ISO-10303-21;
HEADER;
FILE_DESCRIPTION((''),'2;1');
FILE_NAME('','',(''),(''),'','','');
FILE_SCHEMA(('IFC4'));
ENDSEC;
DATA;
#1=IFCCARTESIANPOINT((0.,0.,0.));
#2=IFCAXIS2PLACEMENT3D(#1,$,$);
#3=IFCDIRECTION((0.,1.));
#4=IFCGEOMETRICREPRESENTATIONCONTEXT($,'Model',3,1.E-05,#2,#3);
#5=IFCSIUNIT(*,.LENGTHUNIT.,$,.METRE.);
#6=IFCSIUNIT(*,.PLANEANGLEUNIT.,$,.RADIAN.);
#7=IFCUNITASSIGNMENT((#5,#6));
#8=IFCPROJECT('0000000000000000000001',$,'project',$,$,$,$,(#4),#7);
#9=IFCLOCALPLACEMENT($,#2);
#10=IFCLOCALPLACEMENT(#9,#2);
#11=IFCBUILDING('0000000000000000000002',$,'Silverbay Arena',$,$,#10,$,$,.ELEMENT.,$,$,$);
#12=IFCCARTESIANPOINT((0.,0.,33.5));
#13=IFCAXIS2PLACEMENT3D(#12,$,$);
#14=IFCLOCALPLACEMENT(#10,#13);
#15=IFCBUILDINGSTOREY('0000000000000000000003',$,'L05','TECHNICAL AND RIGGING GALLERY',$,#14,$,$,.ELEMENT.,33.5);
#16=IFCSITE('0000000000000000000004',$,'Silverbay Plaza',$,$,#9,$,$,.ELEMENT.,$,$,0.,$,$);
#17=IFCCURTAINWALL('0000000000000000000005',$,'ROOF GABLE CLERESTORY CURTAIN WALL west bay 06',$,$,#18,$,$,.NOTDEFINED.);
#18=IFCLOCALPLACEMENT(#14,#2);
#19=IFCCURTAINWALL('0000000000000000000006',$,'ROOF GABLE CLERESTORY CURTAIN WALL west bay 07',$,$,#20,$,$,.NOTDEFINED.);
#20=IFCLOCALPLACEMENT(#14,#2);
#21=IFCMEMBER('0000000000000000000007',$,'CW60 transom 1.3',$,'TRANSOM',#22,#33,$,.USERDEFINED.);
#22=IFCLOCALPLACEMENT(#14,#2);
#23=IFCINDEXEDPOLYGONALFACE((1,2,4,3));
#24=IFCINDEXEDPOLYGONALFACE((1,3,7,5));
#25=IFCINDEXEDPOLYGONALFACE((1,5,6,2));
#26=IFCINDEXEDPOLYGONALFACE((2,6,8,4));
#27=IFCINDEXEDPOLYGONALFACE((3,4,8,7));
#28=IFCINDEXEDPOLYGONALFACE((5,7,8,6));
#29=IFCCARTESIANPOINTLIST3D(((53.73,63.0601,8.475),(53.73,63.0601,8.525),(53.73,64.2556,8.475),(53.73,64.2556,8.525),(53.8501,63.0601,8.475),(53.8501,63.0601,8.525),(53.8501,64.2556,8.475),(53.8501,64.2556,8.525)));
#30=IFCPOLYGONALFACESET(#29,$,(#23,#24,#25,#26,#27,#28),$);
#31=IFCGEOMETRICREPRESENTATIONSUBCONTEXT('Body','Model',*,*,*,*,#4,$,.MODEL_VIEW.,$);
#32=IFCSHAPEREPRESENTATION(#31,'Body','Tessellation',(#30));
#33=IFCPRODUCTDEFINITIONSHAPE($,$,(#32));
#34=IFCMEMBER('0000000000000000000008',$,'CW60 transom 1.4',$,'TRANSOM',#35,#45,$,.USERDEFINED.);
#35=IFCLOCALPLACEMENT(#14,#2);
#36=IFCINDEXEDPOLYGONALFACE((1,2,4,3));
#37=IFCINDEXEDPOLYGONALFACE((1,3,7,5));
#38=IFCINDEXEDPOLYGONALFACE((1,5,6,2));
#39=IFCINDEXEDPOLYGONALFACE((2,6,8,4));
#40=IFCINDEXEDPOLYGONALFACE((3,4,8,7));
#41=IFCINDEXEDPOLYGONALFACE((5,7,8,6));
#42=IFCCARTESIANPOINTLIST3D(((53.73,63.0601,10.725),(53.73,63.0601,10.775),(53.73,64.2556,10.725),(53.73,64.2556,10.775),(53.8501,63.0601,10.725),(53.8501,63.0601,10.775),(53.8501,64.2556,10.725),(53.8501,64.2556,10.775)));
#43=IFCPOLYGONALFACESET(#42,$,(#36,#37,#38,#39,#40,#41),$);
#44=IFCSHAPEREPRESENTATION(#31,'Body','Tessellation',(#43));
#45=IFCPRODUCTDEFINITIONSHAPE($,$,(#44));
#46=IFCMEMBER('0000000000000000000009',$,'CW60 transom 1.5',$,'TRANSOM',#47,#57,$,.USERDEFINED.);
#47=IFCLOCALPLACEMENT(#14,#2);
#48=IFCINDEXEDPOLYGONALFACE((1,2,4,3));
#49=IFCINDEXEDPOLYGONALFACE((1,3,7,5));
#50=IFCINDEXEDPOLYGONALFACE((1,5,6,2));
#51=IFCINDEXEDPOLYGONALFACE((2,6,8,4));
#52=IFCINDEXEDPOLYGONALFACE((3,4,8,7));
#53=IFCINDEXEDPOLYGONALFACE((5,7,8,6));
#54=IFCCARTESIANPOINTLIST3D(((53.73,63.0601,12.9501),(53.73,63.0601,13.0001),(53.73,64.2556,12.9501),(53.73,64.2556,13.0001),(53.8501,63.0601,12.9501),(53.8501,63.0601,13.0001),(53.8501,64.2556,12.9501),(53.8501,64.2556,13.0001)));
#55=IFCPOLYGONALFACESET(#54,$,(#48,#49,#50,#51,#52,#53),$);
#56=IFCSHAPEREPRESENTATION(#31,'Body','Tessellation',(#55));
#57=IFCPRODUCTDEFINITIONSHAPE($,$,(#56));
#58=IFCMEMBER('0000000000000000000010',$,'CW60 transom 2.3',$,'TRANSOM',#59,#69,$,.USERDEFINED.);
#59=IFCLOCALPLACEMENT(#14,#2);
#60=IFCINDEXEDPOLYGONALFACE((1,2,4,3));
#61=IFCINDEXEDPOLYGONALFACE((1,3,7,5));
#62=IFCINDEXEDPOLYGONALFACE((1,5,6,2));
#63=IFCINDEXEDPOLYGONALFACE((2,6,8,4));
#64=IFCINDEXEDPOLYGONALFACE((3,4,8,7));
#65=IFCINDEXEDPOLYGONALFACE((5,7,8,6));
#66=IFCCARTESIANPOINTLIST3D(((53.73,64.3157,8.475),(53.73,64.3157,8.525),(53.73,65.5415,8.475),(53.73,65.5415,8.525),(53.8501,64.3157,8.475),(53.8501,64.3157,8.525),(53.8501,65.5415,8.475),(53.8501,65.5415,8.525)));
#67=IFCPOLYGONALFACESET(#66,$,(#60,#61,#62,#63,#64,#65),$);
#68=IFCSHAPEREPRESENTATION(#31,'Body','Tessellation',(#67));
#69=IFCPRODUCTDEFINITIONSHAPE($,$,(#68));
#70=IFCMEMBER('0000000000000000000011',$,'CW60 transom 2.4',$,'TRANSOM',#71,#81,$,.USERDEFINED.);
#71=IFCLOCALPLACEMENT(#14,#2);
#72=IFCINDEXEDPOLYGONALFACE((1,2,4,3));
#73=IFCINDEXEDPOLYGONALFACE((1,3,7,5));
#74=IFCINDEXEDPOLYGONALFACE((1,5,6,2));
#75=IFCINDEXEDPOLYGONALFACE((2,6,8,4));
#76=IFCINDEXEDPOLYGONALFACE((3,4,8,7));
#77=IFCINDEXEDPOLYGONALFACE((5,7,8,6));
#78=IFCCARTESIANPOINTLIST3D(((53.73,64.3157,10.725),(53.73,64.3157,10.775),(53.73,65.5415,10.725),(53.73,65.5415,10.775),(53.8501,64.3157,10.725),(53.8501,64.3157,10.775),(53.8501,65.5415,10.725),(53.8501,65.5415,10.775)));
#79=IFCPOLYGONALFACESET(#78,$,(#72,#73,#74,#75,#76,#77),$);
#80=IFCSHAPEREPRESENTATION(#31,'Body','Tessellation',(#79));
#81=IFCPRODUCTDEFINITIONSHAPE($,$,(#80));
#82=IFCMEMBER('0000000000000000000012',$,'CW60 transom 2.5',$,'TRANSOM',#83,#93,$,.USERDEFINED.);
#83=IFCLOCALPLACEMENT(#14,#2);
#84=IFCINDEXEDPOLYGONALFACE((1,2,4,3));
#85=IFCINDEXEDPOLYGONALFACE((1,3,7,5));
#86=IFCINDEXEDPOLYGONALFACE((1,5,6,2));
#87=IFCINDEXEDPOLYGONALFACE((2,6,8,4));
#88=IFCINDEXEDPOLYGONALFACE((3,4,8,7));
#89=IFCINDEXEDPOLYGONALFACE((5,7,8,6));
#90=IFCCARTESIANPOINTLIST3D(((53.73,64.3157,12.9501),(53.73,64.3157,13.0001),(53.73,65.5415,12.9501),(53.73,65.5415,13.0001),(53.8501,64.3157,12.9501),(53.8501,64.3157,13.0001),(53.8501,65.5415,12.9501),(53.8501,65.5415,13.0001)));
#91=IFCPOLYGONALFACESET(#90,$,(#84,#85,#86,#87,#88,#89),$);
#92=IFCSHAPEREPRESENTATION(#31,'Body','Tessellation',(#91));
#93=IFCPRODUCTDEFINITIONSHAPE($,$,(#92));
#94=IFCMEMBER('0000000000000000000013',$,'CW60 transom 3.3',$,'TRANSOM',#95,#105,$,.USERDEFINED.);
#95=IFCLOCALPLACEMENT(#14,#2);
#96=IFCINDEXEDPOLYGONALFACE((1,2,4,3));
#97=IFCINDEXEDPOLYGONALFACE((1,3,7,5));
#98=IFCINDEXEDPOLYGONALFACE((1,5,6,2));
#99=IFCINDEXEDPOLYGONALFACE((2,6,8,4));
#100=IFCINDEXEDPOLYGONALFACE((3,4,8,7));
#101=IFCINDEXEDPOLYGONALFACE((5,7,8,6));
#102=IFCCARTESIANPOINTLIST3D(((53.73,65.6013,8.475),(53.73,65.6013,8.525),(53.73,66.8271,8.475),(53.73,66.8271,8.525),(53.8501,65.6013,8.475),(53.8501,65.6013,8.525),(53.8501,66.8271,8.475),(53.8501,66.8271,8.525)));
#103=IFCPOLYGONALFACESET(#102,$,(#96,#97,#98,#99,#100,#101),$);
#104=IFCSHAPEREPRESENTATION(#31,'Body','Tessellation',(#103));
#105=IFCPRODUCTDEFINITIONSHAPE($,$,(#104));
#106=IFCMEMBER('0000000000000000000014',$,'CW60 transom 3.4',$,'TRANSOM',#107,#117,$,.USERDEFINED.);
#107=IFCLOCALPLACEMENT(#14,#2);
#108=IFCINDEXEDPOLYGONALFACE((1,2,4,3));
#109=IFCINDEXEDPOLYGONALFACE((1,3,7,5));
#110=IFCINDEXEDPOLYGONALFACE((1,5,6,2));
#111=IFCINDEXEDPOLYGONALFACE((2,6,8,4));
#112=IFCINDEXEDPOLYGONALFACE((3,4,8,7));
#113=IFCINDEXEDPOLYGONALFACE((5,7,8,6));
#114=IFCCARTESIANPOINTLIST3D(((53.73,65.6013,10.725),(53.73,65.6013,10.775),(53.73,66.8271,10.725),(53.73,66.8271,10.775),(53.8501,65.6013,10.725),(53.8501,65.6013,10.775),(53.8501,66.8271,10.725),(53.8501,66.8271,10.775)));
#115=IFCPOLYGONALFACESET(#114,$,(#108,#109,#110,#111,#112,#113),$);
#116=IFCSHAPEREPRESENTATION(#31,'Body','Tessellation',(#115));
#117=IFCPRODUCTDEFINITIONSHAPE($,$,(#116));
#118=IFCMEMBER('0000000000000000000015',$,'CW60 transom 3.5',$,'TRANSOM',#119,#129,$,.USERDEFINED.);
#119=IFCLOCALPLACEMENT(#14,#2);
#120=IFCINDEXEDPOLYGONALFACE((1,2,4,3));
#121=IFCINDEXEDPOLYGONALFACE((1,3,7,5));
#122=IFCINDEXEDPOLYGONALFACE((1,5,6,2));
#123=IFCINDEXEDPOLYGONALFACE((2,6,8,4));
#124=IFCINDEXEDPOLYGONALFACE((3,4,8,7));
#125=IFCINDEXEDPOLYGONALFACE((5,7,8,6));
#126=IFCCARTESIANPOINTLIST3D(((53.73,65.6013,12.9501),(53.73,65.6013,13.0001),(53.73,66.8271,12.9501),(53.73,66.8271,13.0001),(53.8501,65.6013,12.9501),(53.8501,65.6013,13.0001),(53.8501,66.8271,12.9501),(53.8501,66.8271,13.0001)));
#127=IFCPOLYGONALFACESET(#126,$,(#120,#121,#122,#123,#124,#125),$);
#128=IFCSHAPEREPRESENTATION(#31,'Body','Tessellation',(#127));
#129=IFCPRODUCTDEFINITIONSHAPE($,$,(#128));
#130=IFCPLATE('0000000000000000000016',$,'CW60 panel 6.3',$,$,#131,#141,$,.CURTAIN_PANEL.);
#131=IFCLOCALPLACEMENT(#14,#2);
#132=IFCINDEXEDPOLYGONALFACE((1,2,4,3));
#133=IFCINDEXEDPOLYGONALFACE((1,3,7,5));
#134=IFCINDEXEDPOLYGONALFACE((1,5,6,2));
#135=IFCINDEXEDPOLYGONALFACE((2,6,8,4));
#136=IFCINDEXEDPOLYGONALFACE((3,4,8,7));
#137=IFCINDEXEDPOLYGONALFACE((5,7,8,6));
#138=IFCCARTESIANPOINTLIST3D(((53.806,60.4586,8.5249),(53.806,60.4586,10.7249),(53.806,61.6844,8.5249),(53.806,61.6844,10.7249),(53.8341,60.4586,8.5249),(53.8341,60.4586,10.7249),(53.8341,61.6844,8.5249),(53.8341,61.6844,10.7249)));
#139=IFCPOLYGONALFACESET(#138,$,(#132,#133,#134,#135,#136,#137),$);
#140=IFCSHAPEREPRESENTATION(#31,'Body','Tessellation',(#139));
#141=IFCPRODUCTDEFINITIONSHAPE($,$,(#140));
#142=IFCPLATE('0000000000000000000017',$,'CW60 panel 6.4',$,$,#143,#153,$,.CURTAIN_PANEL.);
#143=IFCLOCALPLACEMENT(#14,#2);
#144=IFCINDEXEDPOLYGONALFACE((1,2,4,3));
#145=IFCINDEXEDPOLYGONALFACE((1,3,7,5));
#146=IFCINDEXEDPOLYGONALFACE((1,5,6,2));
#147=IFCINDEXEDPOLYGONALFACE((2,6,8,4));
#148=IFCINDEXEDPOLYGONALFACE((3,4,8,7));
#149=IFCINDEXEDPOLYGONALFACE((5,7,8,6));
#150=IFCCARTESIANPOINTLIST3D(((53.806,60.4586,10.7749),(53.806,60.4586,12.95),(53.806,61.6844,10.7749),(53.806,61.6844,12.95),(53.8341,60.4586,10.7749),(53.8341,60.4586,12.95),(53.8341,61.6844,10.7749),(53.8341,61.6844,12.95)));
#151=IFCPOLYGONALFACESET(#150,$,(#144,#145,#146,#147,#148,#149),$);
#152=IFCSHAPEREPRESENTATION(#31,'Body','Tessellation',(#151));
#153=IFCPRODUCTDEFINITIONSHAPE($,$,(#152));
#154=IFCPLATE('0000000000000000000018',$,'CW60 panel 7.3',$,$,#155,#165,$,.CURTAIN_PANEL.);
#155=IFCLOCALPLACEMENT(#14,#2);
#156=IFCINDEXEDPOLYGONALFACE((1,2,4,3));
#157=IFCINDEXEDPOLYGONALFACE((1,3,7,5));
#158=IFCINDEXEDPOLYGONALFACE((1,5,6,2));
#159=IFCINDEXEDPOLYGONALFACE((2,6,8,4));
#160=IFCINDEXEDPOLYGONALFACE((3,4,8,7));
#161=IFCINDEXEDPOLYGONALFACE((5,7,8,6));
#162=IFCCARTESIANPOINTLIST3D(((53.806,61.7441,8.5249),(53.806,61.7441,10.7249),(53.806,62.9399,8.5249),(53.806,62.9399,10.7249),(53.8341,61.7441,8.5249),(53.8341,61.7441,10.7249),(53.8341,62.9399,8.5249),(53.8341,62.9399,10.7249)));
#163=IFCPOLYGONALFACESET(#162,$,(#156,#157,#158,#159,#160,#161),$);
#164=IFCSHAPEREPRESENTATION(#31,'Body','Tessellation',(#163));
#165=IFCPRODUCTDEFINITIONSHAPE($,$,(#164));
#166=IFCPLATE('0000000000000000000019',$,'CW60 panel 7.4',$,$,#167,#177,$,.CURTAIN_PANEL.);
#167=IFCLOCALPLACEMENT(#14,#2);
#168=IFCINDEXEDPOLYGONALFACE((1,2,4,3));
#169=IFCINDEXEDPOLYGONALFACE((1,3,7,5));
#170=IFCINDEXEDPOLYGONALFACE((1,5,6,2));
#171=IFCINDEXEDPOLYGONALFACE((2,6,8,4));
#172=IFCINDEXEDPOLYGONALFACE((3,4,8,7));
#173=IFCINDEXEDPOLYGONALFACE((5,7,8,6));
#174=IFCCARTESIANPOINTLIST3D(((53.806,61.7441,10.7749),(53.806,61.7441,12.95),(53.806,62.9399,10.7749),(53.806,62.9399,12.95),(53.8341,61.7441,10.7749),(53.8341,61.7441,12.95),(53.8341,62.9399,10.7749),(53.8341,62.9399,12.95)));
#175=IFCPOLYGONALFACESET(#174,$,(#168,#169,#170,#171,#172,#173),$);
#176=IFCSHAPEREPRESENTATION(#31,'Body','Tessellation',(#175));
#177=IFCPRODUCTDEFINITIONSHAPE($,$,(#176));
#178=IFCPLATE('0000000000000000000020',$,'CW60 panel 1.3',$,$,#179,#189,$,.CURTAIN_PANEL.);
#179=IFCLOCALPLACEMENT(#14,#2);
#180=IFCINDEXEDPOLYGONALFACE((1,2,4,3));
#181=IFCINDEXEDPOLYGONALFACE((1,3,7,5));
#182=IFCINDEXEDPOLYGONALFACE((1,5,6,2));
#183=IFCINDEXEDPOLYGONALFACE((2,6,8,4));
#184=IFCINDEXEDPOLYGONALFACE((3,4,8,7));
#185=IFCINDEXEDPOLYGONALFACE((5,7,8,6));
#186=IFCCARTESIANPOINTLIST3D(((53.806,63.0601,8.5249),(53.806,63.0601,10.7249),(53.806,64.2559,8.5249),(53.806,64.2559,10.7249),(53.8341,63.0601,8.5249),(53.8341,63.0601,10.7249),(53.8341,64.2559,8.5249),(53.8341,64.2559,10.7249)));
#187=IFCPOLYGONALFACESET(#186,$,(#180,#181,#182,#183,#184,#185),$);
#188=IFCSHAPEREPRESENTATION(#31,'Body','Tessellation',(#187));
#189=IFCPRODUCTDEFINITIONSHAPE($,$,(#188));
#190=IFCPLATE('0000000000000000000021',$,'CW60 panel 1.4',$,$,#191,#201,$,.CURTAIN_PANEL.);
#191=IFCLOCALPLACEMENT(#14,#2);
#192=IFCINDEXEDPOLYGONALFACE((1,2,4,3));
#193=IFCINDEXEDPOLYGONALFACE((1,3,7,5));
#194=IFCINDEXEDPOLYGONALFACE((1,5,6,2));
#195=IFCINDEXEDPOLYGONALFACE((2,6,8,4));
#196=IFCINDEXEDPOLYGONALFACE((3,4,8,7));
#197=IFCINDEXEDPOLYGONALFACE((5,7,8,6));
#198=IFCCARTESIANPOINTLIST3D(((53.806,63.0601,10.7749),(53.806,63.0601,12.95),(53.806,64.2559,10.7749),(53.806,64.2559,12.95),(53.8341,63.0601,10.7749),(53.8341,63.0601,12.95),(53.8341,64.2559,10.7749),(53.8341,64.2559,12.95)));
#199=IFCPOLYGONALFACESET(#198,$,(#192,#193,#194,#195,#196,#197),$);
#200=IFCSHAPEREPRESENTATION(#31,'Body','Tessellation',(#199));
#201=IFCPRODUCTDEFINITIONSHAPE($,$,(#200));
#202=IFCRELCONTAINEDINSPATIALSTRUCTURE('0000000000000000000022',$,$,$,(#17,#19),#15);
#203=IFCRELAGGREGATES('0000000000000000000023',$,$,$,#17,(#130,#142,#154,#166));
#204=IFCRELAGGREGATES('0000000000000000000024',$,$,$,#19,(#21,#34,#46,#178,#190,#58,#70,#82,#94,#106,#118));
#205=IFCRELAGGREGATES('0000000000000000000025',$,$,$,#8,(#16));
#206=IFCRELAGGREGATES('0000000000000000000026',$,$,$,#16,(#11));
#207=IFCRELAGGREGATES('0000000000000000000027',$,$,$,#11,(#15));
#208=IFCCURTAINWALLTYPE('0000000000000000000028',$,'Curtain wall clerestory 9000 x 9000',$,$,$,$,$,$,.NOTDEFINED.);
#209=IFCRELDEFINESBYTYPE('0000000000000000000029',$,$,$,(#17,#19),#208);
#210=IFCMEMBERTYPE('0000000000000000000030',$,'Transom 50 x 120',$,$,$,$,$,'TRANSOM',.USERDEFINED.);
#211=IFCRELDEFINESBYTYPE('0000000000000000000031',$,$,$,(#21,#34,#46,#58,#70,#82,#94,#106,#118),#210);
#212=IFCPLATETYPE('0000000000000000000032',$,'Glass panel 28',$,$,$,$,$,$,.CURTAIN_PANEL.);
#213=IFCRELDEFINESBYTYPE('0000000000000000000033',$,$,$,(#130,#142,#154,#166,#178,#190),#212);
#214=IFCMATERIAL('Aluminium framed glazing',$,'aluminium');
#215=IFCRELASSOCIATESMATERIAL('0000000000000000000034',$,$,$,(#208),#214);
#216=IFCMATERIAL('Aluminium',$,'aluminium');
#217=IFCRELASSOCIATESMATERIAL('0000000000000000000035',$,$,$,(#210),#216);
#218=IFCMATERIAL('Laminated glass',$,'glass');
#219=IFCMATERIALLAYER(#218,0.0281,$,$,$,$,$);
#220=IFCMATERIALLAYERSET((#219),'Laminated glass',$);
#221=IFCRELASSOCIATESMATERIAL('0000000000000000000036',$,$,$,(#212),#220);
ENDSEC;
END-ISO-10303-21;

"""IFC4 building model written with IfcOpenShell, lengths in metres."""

from ifc_helpers import new_model, si_unit, direction, frame, origin, origin_2d, place, context, subcontext, project, spatial, rectangle, extrude, material, layer, layer_set, material_profile, profile_set, type_object, element, aggregate, save


model = new_model("IFC4")

# Units and contexts
model_context = context("Model", 3, precision=1e-05, world=origin(), true_north=direction((0.0, 1.0)))
body_context = subcontext(model_context, "Body", "Model", "MODEL_VIEW")
ifc_project = project(units=[si_unit("LENGTHUNIT", "METRE"), si_unit("PLANEANGLEUNIT", "RADIAN")], contexts=[model_context])

# Site, building, storey
site_placement = place(None, origin())
site = spatial("IfcSite", under=ifc_project, at=site_placement, Name="Silverbay Plaza", CompositionType="ELEMENT", RefElevation=0.0)
building_placement = place(site_placement, origin())
building = spatial("IfcBuilding", under=site, at=building_placement, Name="Silverbay Arena", CompositionType="ELEMENT")
storey_placement = place(building_placement, frame((0.0, 0.0, 33.5)))
storey = spatial("IfcBuildingStorey", under=building, at=storey_placement, Name="L05", Description="TECHNICAL AND RIGGING GALLERY", CompositionType="ELEMENT", Elevation=33.5)

# Curtain walls, members
ifc_material_1 = material(Name="Aluminium framed glazing", Category="aluminium")
curtain_wall_type = type_object("IfcCurtainWallType", Name="Curtain wall clerestory 9000 x 9000", PredefinedType="NOTDEFINED", material=ifc_material_1)
curtain_wall_1_placement = place(storey_placement, origin())
curtain_wall_1 = element("IfcCurtainWall", 1, at=curtain_wall_1_placement, inside=storey, type_object=curtain_wall_type, Name="ROOF GABLE CLERESTORY CURTAIN WALL west bay 06", PredefinedType="NOTDEFINED")
ifc_material_2 = material(Name="Aluminium", Category="aluminium")
ifc_material_profile_1 = material_profile(ifc_material_2, rectangle(XDim=0.1201, YDim=0.05, at=origin_2d()), Name="Transom 50 x 120")
ifc_profile_set_1 = profile_set([ifc_material_profile_1], Name="Aluminium")
member_type_1 = type_object("IfcMemberType", Name="Transom 50 x 120", ElementType="TRANSOM", PredefinedType="USERDEFINED", material=ifc_profile_set_1)
curtain_wall_2_placement = place(storey_placement, origin())
curtain_wall_2 = element("IfcCurtainWall", 2, at=curtain_wall_2_placement, inside=storey, type_object=curtain_wall_type, Name="ROOF GABLE CLERESTORY CURTAIN WALL west bay 07", PredefinedType="NOTDEFINED")
member_1_placement = place(storey_placement, frame((53.79, 63.0601, 8.5), z_axis=(0.0, 1.0, 0.0), x_axis=(-1.0, 0.0, 0.0)))
member_1 = element("IfcMember", 3, at=member_1_placement, type_object=member_type_1, Name="CW60 transom 1.3", ObjectType="TRANSOM", PredefinedType="USERDEFINED", context=body_context, shape_type="SweptSolid", body=[
    extrude(rectangle(XDim=0.1201, YDim=0.05, at=origin_2d()), origin(), (0.0, 0.0, 1.0), 1.1956),
])
member_2_placement = place(storey_placement, frame((53.79, 63.0601, 10.75), z_axis=(0.0, 1.0, 0.0), x_axis=(-1.0, 0.0, 0.0)))
member_2 = element("IfcMember", 4, at=member_2_placement, type_object=member_type_1, Name="CW60 transom 1.4", ObjectType="TRANSOM", PredefinedType="USERDEFINED", context=body_context, shape_type="SweptSolid", body=[
    extrude(rectangle(XDim=0.1201, YDim=0.05, at=origin_2d()), origin(), (0.0, 0.0, 1.0), 1.1956),
])
member_3_placement = place(storey_placement, frame((53.79, 63.0601, 12.9751), z_axis=(0.0, 1.0, 0.0), x_axis=(-1.0, 0.0, 0.0)))
member_3 = element("IfcMember", 5, at=member_3_placement, type_object=member_type_1, Name="CW60 transom 1.5", ObjectType="TRANSOM", PredefinedType="USERDEFINED", context=body_context, shape_type="SweptSolid", body=[
    extrude(rectangle(XDim=0.1201, YDim=0.05, at=origin_2d()), origin(), (0.0, 0.0, 1.0), 1.1956),
])
member_4_placement = place(storey_placement, frame((53.79, 64.3157, 8.5), z_axis=(0.0, 1.0, 0.0), x_axis=(-1.0, 0.0, 0.0)))
member_4 = element("IfcMember", 6, at=member_4_placement, type_object=member_type_1, Name="CW60 transom 2.3", ObjectType="TRANSOM", PredefinedType="USERDEFINED", context=body_context, shape_type="SweptSolid", body=[
    extrude(rectangle(XDim=0.1201, YDim=0.05, at=origin_2d()), origin(), (0.0, 0.0, 1.0), 1.2258),
])
member_5_placement = place(storey_placement, frame((53.79, 64.3157, 10.75), z_axis=(0.0, 1.0, 0.0), x_axis=(-1.0, 0.0, 0.0)))
member_5 = element("IfcMember", 7, at=member_5_placement, type_object=member_type_1, Name="CW60 transom 2.4", ObjectType="TRANSOM", PredefinedType="USERDEFINED", context=body_context, shape_type="SweptSolid", body=[
    extrude(rectangle(XDim=0.1201, YDim=0.05, at=origin_2d()), origin(), (0.0, 0.0, 1.0), 1.2258),
])
member_6_placement = place(storey_placement, frame((53.79, 64.3157, 12.9751), z_axis=(0.0, 1.0, 0.0), x_axis=(-1.0, 0.0, 0.0)))
member_6 = element("IfcMember", 8, at=member_6_placement, type_object=member_type_1, Name="CW60 transom 2.5", ObjectType="TRANSOM", PredefinedType="USERDEFINED", context=body_context, shape_type="SweptSolid", body=[
    extrude(rectangle(XDim=0.1201, YDim=0.05, at=origin_2d()), origin(), (0.0, 0.0, 1.0), 1.2258),
])
member_7_placement = place(storey_placement, frame((53.79, 65.6013, 8.5), z_axis=(0.0, 1.0, 0.0), x_axis=(-1.0, 0.0, 0.0)))
member_7 = element("IfcMember", 9, at=member_7_placement, type_object=member_type_1, Name="CW60 transom 3.3", ObjectType="TRANSOM", PredefinedType="USERDEFINED", context=body_context, shape_type="SweptSolid", body=[
    extrude(rectangle(XDim=0.1201, YDim=0.05, at=origin_2d()), origin(), (0.0, 0.0, 1.0), 1.2258),
])
member_8_placement = place(storey_placement, frame((53.79, 65.6013, 10.75), z_axis=(0.0, 1.0, 0.0), x_axis=(-1.0, 0.0, 0.0)))
member_8 = element("IfcMember", 10, at=member_8_placement, type_object=member_type_1, Name="CW60 transom 3.4", ObjectType="TRANSOM", PredefinedType="USERDEFINED", context=body_context, shape_type="SweptSolid", body=[
    extrude(rectangle(XDim=0.1201, YDim=0.05, at=origin_2d()), origin(), (0.0, 0.0, 1.0), 1.2258),
])
member_9_placement = place(storey_placement, frame((53.79, 65.6013, 12.9751), z_axis=(0.0, 1.0, 0.0), x_axis=(-1.0, 0.0, 0.0)))
member_9 = element("IfcMember", 11, at=member_9_placement, type_object=member_type_1, Name="CW60 transom 3.5", ObjectType="TRANSOM", PredefinedType="USERDEFINED", context=body_context, shape_type="SweptSolid", body=[
    extrude(rectangle(XDim=0.1201, YDim=0.05, at=origin_2d()), origin(), (0.0, 0.0, 1.0), 1.2258),
])

# Plates
ifc_material_3 = material(Name="Laminated glass", Category="glass")
ifc_layer = layer(ifc_material_3, 0.0281)
ifc_layer_set = layer_set([ifc_layer], Name="Laminated glass")
plate_type = type_object("IfcPlateType", Name="Glass panel 28", PredefinedType="CURTAIN_PANEL", material=ifc_layer_set)
plate_1_placement = place(storey_placement, frame((53.8201, 61.0715, 8.5249), z_axis=(0.0, 0.0, 1.0), x_axis=(0.0, 1.0, 0.0)))
plate_1 = element("IfcPlate", 12, at=plate_1_placement, type_object=plate_type, Name="CW60 panel 6.3", PredefinedType="CURTAIN_PANEL", context=body_context, shape_type="SweptSolid", body=[
    extrude(rectangle(XDim=1.2258, YDim=0.0281, at=origin_2d()), origin(), (0.0, 0.0, 1.0), 2.2),
])
plate_2_placement = place(storey_placement, frame((53.8201, 61.0715, 10.7749), z_axis=(0.0, 0.0, 1.0), x_axis=(0.0, 1.0, 0.0)))
plate_2 = element("IfcPlate", 13, at=plate_2_placement, type_object=plate_type, Name="CW60 panel 6.4", PredefinedType="CURTAIN_PANEL", context=body_context, shape_type="SweptSolid", body=[
    extrude(rectangle(XDim=1.2258, YDim=0.0281, at=origin_2d()), origin(), (0.0, 0.0, 1.0), 2.175),
])
plate_3_placement = place(storey_placement, frame((53.8201, 62.342, 8.5249), z_axis=(0.0, 0.0, 1.0), x_axis=(0.0, 1.0, 0.0)))
plate_3 = element("IfcPlate", 14, at=plate_3_placement, type_object=plate_type, Name="CW60 panel 7.3", PredefinedType="CURTAIN_PANEL", context=body_context, shape_type="SweptSolid", body=[
    extrude(rectangle(XDim=1.1958, YDim=0.0281, at=origin_2d()), origin(), (0.0, 0.0, 1.0), 2.2),
])
plate_4_placement = place(storey_placement, frame((53.8201, 62.342, 10.7749), z_axis=(0.0, 0.0, 1.0), x_axis=(0.0, 1.0, 0.0)))
plate_4 = element("IfcPlate", 15, at=plate_4_placement, type_object=plate_type, Name="CW60 panel 7.4", PredefinedType="CURTAIN_PANEL", context=body_context, shape_type="SweptSolid", body=[
    extrude(rectangle(XDim=1.1958, YDim=0.0281, at=origin_2d()), origin(), (0.0, 0.0, 1.0), 2.175),
])
aggregate(curtain_wall_1, [plate_1, plate_2, plate_3, plate_4])
plate_5_placement = place(storey_placement, frame((53.8201, 63.658, 8.5249), z_axis=(0.0, 0.0, 1.0), x_axis=(0.0, 1.0, 0.0)))
plate_5 = element("IfcPlate", 16, at=plate_5_placement, type_object=plate_type, Name="CW60 panel 1.3", PredefinedType="CURTAIN_PANEL", context=body_context, shape_type="SweptSolid", body=[
    extrude(rectangle(XDim=1.1958, YDim=0.0281, at=origin_2d()), origin(), (0.0, 0.0, 1.0), 2.2),
])
plate_6_placement = place(storey_placement, frame((53.8201, 63.658, 10.7749), z_axis=(0.0, 0.0, 1.0), x_axis=(0.0, 1.0, 0.0)))
plate_6 = element("IfcPlate", 17, at=plate_6_placement, type_object=plate_type, Name="CW60 panel 1.4", PredefinedType="CURTAIN_PANEL", context=body_context, shape_type="SweptSolid", body=[
    extrude(rectangle(XDim=1.1958, YDim=0.0281, at=origin_2d()), origin(), (0.0, 0.0, 1.0), 2.175),
])
aggregate(curtain_wall_2, [member_1, member_2, member_3, plate_5, plate_6, member_4, member_5, member_6, member_7, member_8, member_9])

save(model, "model.ifc")
